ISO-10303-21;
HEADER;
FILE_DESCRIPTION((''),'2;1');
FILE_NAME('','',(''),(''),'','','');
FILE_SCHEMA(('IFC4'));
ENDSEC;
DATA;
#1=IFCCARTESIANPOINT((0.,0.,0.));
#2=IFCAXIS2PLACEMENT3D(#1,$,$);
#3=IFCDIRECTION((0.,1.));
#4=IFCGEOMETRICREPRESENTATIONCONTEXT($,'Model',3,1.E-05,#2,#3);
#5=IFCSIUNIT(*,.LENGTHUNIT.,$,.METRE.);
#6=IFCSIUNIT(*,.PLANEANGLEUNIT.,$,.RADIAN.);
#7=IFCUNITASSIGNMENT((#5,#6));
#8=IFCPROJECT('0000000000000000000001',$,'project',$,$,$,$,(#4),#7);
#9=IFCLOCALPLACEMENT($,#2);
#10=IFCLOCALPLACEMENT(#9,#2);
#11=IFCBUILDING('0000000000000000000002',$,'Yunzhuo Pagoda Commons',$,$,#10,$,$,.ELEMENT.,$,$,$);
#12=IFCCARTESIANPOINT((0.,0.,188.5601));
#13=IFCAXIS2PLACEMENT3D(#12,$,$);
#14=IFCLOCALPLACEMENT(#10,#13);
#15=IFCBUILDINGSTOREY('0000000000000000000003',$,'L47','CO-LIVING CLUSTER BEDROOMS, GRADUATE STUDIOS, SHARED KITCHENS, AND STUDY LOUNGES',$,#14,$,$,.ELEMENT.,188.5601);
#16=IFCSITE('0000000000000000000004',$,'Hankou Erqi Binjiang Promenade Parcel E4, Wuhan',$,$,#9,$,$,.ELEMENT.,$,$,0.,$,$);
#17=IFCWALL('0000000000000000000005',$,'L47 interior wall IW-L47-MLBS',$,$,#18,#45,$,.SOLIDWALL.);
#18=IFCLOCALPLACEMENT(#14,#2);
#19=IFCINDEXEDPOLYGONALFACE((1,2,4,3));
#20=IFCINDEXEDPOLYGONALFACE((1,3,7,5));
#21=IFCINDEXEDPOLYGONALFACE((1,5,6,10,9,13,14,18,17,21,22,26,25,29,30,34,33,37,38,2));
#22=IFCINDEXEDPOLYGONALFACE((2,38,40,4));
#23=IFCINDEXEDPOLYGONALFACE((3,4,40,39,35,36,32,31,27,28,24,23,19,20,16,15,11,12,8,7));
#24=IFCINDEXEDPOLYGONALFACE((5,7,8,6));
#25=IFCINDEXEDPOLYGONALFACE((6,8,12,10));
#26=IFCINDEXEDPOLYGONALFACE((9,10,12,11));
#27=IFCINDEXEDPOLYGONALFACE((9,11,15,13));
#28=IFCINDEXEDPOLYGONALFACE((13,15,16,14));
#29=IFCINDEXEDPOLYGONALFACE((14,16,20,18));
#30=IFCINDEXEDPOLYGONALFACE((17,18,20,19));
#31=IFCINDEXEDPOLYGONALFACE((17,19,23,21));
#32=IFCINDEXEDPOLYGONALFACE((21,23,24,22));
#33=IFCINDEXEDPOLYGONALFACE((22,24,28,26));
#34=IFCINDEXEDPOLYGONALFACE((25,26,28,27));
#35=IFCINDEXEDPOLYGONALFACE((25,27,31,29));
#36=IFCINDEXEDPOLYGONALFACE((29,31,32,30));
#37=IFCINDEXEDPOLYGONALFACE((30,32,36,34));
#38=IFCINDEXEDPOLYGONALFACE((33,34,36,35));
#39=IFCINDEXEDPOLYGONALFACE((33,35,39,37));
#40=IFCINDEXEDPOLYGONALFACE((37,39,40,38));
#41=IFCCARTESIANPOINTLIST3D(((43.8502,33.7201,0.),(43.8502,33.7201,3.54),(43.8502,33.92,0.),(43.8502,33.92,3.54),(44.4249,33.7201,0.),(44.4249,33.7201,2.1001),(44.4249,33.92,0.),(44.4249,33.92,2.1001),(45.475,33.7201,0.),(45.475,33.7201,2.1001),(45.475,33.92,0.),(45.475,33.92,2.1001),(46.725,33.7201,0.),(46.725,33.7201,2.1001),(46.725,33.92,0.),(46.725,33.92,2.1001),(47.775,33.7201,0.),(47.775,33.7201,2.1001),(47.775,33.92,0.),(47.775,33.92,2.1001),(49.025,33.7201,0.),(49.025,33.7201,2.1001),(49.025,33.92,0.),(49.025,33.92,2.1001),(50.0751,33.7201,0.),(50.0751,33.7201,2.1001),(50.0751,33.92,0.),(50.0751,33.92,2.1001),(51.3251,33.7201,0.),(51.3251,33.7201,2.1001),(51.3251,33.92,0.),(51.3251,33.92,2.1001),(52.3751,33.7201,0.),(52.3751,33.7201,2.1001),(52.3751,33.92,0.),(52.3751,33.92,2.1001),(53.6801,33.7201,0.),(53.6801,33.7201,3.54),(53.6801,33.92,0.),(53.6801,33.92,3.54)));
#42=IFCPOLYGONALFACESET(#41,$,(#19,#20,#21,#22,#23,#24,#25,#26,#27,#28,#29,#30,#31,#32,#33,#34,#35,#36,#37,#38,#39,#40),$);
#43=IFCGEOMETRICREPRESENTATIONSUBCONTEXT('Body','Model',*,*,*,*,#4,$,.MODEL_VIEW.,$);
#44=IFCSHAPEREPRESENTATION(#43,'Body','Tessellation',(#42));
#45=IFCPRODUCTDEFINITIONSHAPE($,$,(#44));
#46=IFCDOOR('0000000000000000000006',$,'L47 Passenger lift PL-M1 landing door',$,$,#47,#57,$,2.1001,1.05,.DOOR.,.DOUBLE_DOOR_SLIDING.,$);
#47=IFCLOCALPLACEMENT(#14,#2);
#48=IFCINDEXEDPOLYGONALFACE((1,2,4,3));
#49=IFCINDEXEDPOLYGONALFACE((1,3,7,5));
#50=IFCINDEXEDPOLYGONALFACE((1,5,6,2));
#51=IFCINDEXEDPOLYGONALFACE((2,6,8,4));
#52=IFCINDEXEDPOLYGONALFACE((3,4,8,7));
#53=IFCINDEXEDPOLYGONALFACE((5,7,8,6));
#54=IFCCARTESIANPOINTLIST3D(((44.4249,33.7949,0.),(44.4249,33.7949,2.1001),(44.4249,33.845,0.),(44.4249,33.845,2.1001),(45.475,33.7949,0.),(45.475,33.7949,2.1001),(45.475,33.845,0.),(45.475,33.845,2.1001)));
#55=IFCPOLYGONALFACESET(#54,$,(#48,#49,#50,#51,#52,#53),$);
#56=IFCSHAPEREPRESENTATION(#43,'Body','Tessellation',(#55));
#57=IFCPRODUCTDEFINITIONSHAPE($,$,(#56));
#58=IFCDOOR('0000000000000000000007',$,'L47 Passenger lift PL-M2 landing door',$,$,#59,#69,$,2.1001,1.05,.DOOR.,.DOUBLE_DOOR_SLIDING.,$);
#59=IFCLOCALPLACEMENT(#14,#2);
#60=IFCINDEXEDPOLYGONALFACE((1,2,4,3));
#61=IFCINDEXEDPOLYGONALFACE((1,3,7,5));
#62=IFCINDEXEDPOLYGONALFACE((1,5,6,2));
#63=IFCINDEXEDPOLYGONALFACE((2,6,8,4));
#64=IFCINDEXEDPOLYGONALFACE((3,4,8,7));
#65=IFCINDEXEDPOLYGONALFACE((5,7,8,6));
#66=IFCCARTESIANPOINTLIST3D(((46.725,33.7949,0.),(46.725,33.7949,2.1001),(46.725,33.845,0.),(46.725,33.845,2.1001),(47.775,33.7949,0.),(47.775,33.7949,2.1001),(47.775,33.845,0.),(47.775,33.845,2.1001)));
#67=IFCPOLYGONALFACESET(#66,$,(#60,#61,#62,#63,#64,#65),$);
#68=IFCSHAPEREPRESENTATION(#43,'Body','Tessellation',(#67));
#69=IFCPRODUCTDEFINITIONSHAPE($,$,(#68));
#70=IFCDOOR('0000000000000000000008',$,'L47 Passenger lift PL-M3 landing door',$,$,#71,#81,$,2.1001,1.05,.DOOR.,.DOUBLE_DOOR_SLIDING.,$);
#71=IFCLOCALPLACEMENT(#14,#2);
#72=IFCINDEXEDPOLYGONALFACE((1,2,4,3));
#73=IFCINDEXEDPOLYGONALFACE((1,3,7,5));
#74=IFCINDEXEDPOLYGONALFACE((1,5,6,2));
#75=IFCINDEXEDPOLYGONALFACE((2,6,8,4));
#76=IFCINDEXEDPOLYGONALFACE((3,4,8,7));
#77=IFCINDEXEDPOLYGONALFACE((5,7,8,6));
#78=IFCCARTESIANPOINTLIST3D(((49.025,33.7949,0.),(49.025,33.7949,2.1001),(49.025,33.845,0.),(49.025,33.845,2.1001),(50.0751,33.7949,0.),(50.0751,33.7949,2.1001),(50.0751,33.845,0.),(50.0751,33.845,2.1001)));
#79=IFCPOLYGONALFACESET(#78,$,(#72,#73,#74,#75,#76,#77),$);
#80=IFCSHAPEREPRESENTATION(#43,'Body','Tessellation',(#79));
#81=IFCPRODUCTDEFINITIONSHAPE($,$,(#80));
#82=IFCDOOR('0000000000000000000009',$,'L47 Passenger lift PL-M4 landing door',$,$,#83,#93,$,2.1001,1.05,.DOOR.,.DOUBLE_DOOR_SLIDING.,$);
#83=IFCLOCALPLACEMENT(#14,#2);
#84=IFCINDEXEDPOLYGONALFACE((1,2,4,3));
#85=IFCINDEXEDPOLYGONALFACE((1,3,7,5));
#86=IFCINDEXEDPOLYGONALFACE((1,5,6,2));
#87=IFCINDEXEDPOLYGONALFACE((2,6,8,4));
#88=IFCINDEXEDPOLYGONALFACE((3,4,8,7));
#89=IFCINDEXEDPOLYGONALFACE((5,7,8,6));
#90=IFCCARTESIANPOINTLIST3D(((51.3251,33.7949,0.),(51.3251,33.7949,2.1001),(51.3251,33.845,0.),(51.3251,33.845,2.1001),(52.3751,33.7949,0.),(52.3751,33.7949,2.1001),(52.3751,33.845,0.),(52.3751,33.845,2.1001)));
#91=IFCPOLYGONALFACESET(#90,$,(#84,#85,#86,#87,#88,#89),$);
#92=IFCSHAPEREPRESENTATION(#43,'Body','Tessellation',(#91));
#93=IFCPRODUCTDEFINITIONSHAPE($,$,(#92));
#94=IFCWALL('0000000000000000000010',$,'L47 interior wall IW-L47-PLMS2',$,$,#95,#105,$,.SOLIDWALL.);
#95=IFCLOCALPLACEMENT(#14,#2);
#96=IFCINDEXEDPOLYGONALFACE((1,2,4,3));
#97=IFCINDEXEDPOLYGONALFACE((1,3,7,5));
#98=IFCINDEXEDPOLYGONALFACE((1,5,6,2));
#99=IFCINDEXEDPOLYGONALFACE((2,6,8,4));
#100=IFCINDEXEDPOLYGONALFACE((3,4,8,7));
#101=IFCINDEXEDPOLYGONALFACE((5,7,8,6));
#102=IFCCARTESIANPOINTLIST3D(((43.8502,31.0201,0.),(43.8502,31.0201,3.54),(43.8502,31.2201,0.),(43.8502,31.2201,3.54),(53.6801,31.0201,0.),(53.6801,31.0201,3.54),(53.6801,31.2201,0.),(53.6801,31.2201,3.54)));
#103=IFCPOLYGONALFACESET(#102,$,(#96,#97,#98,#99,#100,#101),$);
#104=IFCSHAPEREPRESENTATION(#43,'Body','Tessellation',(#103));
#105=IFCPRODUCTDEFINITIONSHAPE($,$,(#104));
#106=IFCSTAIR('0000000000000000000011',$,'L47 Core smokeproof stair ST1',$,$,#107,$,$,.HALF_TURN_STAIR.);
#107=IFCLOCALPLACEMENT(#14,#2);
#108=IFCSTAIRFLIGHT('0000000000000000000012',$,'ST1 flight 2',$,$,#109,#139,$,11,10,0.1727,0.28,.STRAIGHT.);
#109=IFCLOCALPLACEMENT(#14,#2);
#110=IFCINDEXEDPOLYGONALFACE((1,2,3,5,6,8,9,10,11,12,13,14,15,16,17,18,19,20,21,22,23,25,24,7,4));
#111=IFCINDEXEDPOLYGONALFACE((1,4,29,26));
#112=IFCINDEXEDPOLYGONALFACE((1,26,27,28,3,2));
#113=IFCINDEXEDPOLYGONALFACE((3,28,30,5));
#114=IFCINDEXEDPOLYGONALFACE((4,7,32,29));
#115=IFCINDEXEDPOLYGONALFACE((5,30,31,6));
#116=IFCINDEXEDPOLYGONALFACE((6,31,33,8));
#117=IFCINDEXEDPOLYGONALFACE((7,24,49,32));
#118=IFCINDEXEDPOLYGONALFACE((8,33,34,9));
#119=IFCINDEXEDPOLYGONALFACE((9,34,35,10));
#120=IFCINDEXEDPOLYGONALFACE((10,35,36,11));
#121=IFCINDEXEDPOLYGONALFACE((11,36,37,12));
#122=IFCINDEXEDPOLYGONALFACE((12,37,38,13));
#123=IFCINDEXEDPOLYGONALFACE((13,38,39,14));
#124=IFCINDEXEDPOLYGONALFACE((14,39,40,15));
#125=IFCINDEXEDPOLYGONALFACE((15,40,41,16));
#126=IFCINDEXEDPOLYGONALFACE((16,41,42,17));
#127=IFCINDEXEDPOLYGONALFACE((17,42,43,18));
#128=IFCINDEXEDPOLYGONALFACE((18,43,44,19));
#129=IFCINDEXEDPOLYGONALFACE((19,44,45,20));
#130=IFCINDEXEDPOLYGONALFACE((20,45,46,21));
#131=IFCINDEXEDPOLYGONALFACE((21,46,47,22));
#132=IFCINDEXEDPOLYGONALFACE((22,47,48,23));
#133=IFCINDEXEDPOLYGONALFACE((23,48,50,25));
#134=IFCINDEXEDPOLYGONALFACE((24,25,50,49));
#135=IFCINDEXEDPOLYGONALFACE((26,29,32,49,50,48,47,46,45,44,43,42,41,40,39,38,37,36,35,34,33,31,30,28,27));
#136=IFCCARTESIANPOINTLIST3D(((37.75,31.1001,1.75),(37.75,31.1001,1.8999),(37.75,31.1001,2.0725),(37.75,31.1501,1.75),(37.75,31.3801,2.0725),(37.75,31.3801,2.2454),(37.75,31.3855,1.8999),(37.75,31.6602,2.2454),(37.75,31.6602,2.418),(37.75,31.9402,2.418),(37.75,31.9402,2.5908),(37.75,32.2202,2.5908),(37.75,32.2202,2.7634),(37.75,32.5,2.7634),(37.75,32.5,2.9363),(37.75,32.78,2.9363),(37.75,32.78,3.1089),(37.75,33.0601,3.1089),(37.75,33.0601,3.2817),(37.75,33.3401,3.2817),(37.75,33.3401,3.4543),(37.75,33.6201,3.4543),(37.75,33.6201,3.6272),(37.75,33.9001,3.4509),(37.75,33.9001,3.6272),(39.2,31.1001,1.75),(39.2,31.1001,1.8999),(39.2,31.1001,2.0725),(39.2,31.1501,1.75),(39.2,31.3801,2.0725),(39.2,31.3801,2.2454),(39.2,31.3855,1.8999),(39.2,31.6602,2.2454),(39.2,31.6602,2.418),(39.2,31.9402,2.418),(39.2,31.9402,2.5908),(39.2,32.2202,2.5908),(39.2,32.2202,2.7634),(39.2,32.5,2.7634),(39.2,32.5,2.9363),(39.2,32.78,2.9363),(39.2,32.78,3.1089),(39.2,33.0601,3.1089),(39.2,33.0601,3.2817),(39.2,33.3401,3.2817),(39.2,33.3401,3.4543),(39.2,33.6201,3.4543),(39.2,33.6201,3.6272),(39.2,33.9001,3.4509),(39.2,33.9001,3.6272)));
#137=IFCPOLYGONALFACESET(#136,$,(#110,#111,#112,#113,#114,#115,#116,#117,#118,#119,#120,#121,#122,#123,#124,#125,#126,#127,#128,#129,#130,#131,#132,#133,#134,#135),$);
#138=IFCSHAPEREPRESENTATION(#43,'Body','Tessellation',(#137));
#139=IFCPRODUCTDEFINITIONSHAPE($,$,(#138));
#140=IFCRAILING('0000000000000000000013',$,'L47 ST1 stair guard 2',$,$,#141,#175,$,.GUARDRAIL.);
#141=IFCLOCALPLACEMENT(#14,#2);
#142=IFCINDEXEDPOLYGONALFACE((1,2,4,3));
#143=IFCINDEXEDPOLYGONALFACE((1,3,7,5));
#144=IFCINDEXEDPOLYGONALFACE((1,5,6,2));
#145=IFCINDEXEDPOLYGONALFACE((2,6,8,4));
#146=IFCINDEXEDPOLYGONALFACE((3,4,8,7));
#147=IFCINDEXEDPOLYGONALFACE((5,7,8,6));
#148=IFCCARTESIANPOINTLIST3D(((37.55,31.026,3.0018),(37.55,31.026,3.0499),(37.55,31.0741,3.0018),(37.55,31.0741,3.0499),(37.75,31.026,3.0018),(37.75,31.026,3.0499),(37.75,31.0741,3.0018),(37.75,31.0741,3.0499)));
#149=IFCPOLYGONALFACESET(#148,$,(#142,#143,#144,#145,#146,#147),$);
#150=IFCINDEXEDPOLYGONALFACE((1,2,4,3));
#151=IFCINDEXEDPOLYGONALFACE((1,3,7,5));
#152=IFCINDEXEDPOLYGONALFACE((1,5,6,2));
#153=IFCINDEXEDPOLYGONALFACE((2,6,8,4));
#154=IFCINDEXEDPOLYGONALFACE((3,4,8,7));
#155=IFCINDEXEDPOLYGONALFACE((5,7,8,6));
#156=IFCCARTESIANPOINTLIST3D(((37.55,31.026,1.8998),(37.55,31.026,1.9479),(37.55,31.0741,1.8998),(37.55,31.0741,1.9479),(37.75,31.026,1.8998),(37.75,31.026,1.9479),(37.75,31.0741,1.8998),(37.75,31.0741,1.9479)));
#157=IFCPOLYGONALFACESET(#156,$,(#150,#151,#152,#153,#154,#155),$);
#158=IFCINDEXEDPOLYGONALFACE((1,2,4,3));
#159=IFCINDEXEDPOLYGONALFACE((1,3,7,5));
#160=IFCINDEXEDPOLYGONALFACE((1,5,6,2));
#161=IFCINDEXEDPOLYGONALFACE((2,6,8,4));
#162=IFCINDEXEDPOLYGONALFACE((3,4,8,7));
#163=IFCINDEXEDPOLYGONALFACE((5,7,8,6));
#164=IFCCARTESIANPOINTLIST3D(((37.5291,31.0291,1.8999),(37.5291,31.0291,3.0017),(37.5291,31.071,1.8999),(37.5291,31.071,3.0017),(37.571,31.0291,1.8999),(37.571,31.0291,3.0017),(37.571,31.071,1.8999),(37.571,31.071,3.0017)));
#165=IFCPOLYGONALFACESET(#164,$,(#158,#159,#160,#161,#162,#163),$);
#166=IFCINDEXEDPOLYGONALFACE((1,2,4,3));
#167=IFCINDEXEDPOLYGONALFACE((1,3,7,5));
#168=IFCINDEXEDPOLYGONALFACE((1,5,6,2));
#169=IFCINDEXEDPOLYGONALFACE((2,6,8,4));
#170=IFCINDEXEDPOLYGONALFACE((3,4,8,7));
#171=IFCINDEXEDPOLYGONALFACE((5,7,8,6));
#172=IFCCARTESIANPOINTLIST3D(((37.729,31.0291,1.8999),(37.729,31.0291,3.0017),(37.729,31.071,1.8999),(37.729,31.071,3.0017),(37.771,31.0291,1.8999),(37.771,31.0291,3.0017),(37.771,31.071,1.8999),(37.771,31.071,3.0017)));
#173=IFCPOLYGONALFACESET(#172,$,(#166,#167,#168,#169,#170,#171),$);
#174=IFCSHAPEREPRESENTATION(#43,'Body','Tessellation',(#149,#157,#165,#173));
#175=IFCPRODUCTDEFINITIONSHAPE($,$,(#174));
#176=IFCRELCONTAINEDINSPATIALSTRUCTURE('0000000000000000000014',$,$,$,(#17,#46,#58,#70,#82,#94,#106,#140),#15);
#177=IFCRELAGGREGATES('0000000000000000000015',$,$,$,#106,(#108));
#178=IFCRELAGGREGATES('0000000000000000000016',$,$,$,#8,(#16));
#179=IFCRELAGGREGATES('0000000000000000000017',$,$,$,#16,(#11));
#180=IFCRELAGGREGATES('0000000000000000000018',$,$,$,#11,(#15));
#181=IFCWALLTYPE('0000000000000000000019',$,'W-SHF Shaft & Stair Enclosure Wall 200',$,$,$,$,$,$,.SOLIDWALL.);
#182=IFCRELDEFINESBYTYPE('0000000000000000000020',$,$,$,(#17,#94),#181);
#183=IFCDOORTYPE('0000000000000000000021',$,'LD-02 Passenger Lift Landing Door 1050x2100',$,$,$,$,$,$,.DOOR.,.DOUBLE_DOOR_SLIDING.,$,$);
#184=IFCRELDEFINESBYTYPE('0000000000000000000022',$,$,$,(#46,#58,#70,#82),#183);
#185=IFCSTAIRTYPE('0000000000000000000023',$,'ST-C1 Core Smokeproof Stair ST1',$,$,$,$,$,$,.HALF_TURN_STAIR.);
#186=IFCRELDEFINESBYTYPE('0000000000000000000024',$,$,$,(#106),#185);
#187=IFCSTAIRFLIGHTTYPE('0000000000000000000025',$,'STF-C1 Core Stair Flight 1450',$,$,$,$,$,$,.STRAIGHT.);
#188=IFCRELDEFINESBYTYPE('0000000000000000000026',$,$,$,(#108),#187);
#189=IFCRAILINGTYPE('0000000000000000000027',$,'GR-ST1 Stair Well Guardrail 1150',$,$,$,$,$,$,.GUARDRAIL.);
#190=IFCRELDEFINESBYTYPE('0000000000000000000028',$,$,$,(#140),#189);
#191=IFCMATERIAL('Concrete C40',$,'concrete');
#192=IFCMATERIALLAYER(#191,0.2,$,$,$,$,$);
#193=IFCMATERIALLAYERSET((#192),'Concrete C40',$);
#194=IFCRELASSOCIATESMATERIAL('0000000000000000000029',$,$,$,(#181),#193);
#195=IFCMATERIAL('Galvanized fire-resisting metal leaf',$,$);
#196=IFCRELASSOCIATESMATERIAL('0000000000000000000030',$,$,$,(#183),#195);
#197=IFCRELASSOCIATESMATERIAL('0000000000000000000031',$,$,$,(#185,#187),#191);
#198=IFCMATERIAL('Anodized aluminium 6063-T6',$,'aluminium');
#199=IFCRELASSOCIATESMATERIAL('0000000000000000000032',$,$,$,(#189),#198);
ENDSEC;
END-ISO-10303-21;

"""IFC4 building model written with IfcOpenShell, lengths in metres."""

from ifc_helpers import new_model, si_unit, direction, frame, frame_2d, origin, origin_with_axes, origin_2d, place, context, subcontext, project, spatial, polyline, rectangle, outline, extrude, source, transform, mapped, material, layer, layer_set, type_object, element, fill, aggregate, save


model = new_model("IFC4")

# Units and contexts
model_context = context("Model", 3, precision=1e-05, world=origin(), true_north=direction((0.0, 1.0)))
body_context = subcontext(model_context, "Body", "Model", "MODEL_VIEW")
ifc_project = project(units=[si_unit("LENGTHUNIT", "METRE"), si_unit("PLANEANGLEUNIT", "RADIAN")], contexts=[model_context])

# Site, building, storey
site_placement = place(None, origin())
site = spatial("IfcSite", under=ifc_project, at=site_placement, Name="Hankou Erqi Binjiang Promenade Parcel E4, Wuhan", CompositionType="ELEMENT", RefElevation=0.0)
building_placement = place(site_placement, origin())
building = spatial("IfcBuilding", under=site, at=building_placement, Name="Yunzhuo Pagoda Commons", CompositionType="ELEMENT")
storey_placement = place(building_placement, frame((0.0, 0.0, 188.5601)))
storey = spatial("IfcBuildingStorey", under=building, at=storey_placement, Name="L47", Description="CO-LIVING CLUSTER BEDROOMS, GRADUATE STUDIOS, SHARED KITCHENS, AND STUDY LOUNGES", CompositionType="ELEMENT", Elevation=188.5601)

# Shared definitions
ifc_material_1 = material(Name="Concrete C40", Category="concrete")
ifc_layer_1 = layer(ifc_material_1, 0.2)
ifc_layer_set_1 = layer_set([ifc_layer_1], Name="Concrete C40")
wall_type_1 = type_object("IfcWallType", Name="W-SHF Shaft & Stair Enclosure Wall 200", PredefinedType="SOLIDWALL", material=ifc_layer_set_1)
ifc_material_2 = material(Name="Galvanized fire-resisting metal leaf")
door_type_1 = type_object("IfcDoorType", Name="LD-02 Passenger Lift Landing Door 1050x2100", OperationType="DOUBLE_DOOR_SLIDING", PredefinedType="DOOR", material=ifc_material_2)
shared_shape_1 = source(origin(), body_context, "Body", "SweptSolid", [
    extrude(rectangle(XDim=1.05, YDim=2.1001, at=frame_2d((0.5249, 1.05))), frame((0.0, 0.0249, 0.0), z_axis=(0.0, -1.0, 0.0), x_axis=(1.0, 0.0, 0.0)), (0.0, 0.0, 1.0), 0.05),
])

# Wall, openings, doors
wall_1_placement = place(storey_placement, frame((43.8501, 33.8201, 0.0), z_axis=(0.0, 0.0, 1.0), x_axis=(1.0, 0.0, 0.0)))
wall_1 = element("IfcWall", 1, at=wall_1_placement, inside=storey, type_object=wall_type_1, Name="L47 interior wall IW-L47-MLBS", PredefinedType="SOLIDWALL", context=body_context, shape_type="SweptSolid", body=[
    extrude(rectangle(XDim=9.8298, YDim=0.2, at=frame_2d((4.915, 0.0))), origin(), (0.0, 0.0, 1.0), 3.54),
])
opening_1_placement = place(wall_1_placement, frame((0.575, 0.0, 0.0)))
opening_1 = element("IfcOpeningElement", 2, at=opening_1_placement, cuts=wall_1, PredefinedType="OPENING", context=body_context, shape_type="SweptSolid", body=[
    extrude(rectangle(XDim=1.05, YDim=2.1001, at=frame_2d((0.5249, 1.05))), frame((0.0, 0.1099, 0.0), z_axis=(0.0, -1.0, 0.0), x_axis=(1.0, 0.0, 0.0)), (0.0, 0.0, 1.0), 0.22),
])
opening_2_placement = place(wall_1_placement, frame((2.875, 0.0, 0.0)))
opening_2 = element("IfcOpeningElement", 3, at=opening_2_placement, cuts=wall_1, PredefinedType="OPENING", context=body_context, shape_type="SweptSolid", body=[
    extrude(rectangle(XDim=1.05, YDim=2.1001, at=frame_2d((0.5249, 1.05))), frame((0.0, 0.1099, 0.0), z_axis=(0.0, -1.0, 0.0), x_axis=(1.0, 0.0, 0.0)), (0.0, 0.0, 1.0), 0.22),
])
opening_3_placement = place(wall_1_placement, frame((5.175, 0.0, 0.0)))
opening_3 = element("IfcOpeningElement", 4, at=opening_3_placement, cuts=wall_1, PredefinedType="OPENING", context=body_context, shape_type="SweptSolid", body=[
    extrude(rectangle(XDim=1.05, YDim=2.1001, at=frame_2d((0.5249, 1.05))), frame((0.0, 0.1099, 0.0), z_axis=(0.0, -1.0, 0.0), x_axis=(1.0, 0.0, 0.0)), (0.0, 0.0, 1.0), 0.22),
])
opening_4_placement = place(wall_1_placement, frame((7.4751, 0.0, 0.0)))
opening_4 = element("IfcOpeningElement", 5, at=opening_4_placement, cuts=wall_1, PredefinedType="OPENING", context=body_context, shape_type="SweptSolid", body=[
    extrude(rectangle(XDim=1.05, YDim=2.1001, at=frame_2d((0.5249, 1.05))), frame((0.0, 0.1099, 0.0), z_axis=(0.0, -1.0, 0.0), x_axis=(1.0, 0.0, 0.0)), (0.0, 0.0, 1.0), 0.22),
])
door_1_placement = place(opening_1_placement, origin_with_axes())
door_1 = element("IfcDoor", 6, at=door_1_placement, inside=storey, type_object=door_type_1, Name="L47 Passenger lift PL-M1 landing door", OperationType="DOUBLE_DOOR_SLIDING", OverallHeight=2.1001, OverallWidth=1.05, PredefinedType="DOOR", context=body_context, shape_type="MappedRepresentation", body=[
    mapped(shared_shape_1, transform((0.0, 0.0, 0.0), scale=1.0)),
])
fill(opening_1, door_1)
door_2_placement = place(opening_2_placement, origin_with_axes())
door_2 = element("IfcDoor", 7, at=door_2_placement, inside=storey, type_object=door_type_1, Name="L47 Passenger lift PL-M2 landing door", OperationType="DOUBLE_DOOR_SLIDING", OverallHeight=2.1001, OverallWidth=1.05, PredefinedType="DOOR", context=body_context, shape_type="MappedRepresentation", body=[
    mapped(shared_shape_1, transform((0.0, 0.0, 0.0), scale=1.0)),
])
fill(opening_2, door_2)
door_3_placement = place(opening_3_placement, origin_with_axes())
door_3 = element("IfcDoor", 8, at=door_3_placement, inside=storey, type_object=door_type_1, Name="L47 Passenger lift PL-M3 landing door", OperationType="DOUBLE_DOOR_SLIDING", OverallHeight=2.1001, OverallWidth=1.05, PredefinedType="DOOR", context=body_context, shape_type="MappedRepresentation", body=[
    mapped(shared_shape_1, transform((0.0, 0.0, 0.0), scale=1.0)),
])
fill(opening_3, door_3)
door_4_placement = place(opening_4_placement, origin_with_axes())
door_4 = element("IfcDoor", 9, at=door_4_placement, inside=storey, type_object=door_type_1, Name="L47 Passenger lift PL-M4 landing door", OperationType="DOUBLE_DOOR_SLIDING", OverallHeight=2.1001, OverallWidth=1.05, PredefinedType="DOOR", context=body_context, shape_type="MappedRepresentation", body=[
    mapped(shared_shape_1, transform((0.0, 0.0, 0.0), scale=1.0)),
])
fill(opening_4, door_4)

# Wall
wall_2_placement = place(storey_placement, frame((43.8501, 31.1201, 0.0), z_axis=(0.0, 0.0, 1.0), x_axis=(1.0, 0.0, 0.0)))
element("IfcWall", 10, at=wall_2_placement, inside=storey, type_object=wall_type_1, Name="L47 interior wall IW-L47-PLMS2", PredefinedType="SOLIDWALL", context=body_context, shape_type="SweptSolid", body=[
    extrude(rectangle(XDim=9.8298, YDim=0.2, at=frame_2d((4.915, 0.0))), origin(), (0.0, 0.0, 1.0), 3.54),
])

# Stair, stair flight
stair_type = type_object("IfcStairType", Name="ST-C1 Core Smokeproof Stair ST1", PredefinedType="HALF_TURN_STAIR", material=ifc_material_1)
stair_placement = place(storey_placement, origin())
stair = element("IfcStair", 11, at=stair_placement, inside=storey, type_object=stair_type, Name="L47 Core smokeproof stair ST1", PredefinedType="HALF_TURN_STAIR")
stair_flight_type = type_object("IfcStairFlightType", Name="STF-C1 Core Stair Flight 1450", PredefinedType="STRAIGHT", material=ifc_material_1)
shared_shape_2 = source(origin(), body_context, "Body", "SweptSolid", [
    extrude(outline(polyline([(0.0, -0.1499), (0.0, 0.0), (0.0, 0.1726), (0.28, 0.1726), (0.28, 0.3455), (0.5601, 0.3455), (0.5601, 0.5181), (0.8401, 0.5181), (0.8401, 0.6909), (1.1201, 0.6909), (1.1201, 0.8635), (1.3999, 0.8635), (1.3999, 1.0364), (1.6799, 1.0364), (1.6799, 1.209), (1.96, 1.209), (1.96, 1.3818), (2.24, 1.3818), (2.24, 1.5544), (2.52, 1.5544), (2.52, 1.7273), (2.8, 1.7273), (2.8, 1.8999), (2.8, 1.551), (0.2854, 0.0), (0.05, -0.1499), (0.0, -0.1499)])), frame((0.0, 0.7251, 0.0), z_axis=(0.0, -1.0, 0.0), x_axis=(1.0, 0.0, 0.0)), (0.0, 0.0, 1.0), 1.45),
])
stair_flight_placement = place(storey_placement, frame((38.4751, 31.1001, 1.8999), z_axis=(0.0, 0.0, 1.0), x_axis=(0.0, 1.0, 0.0)))
stair_flight = element("IfcStairFlight", 12, at=stair_flight_placement, type_object=stair_flight_type, Name="ST1 flight 2", NumberOfRisers=11, NumberOfTreads=10, PredefinedType="STRAIGHT", RiserHeight=0.1727, TreadLength=0.28, context=body_context, shape_type="MappedRepresentation", body=[
    mapped(shared_shape_2, transform((0.0, 0.0, 0.0), scale=1.0)),
])
aggregate(stair, [stair_flight])

# Railing
ifc_material_3 = material(Name="Anodized aluminium 6063-T6", Category="aluminium")
railing_type_1 = type_object("IfcRailingType", Name="GR-ST1 Stair Well Guardrail 1150", PredefinedType="GUARDRAIL", material=ifc_material_3)
railing_1_placement = place(storey_placement, frame((37.55, 31.05, 1.8999)))
element("IfcRailing", 13, at=railing_1_placement, inside=storey, type_object=railing_type_1, Name="L47 ST1 stair guard 2", PredefinedType="GUARDRAIL", context=body_context, shape_type="SweptSolid", body=[
    extrude(rectangle(XDim=0.0481, YDim=0.0481, at=origin_2d()), frame((0.0, 0.0, 1.126), z_axis=(1.0, 0.0, 0.0), x_axis=(0.0, 1.0, 0.0)), (0.0, 0.0, 1.0), 0.2),
    extrude(rectangle(XDim=0.0481, YDim=0.0481, at=origin_2d()), frame((0.0, 0.0, 0.0239), z_axis=(1.0, 0.0, 0.0), x_axis=(0.0, 1.0, 0.0)), (0.0, 0.0, 1.0), 0.2),
    extrude(rectangle(XDim=0.042, YDim=0.042, at=origin_2d()), origin(), (0.0, 0.0, 1.0), 1.1018),
    extrude(rectangle(XDim=0.042, YDim=0.042, at=origin_2d()), frame((0.2, 0.0, 0.0)), (0.0, 0.0, 1.0), 1.1018),
])

save(model, "model.ifc")
